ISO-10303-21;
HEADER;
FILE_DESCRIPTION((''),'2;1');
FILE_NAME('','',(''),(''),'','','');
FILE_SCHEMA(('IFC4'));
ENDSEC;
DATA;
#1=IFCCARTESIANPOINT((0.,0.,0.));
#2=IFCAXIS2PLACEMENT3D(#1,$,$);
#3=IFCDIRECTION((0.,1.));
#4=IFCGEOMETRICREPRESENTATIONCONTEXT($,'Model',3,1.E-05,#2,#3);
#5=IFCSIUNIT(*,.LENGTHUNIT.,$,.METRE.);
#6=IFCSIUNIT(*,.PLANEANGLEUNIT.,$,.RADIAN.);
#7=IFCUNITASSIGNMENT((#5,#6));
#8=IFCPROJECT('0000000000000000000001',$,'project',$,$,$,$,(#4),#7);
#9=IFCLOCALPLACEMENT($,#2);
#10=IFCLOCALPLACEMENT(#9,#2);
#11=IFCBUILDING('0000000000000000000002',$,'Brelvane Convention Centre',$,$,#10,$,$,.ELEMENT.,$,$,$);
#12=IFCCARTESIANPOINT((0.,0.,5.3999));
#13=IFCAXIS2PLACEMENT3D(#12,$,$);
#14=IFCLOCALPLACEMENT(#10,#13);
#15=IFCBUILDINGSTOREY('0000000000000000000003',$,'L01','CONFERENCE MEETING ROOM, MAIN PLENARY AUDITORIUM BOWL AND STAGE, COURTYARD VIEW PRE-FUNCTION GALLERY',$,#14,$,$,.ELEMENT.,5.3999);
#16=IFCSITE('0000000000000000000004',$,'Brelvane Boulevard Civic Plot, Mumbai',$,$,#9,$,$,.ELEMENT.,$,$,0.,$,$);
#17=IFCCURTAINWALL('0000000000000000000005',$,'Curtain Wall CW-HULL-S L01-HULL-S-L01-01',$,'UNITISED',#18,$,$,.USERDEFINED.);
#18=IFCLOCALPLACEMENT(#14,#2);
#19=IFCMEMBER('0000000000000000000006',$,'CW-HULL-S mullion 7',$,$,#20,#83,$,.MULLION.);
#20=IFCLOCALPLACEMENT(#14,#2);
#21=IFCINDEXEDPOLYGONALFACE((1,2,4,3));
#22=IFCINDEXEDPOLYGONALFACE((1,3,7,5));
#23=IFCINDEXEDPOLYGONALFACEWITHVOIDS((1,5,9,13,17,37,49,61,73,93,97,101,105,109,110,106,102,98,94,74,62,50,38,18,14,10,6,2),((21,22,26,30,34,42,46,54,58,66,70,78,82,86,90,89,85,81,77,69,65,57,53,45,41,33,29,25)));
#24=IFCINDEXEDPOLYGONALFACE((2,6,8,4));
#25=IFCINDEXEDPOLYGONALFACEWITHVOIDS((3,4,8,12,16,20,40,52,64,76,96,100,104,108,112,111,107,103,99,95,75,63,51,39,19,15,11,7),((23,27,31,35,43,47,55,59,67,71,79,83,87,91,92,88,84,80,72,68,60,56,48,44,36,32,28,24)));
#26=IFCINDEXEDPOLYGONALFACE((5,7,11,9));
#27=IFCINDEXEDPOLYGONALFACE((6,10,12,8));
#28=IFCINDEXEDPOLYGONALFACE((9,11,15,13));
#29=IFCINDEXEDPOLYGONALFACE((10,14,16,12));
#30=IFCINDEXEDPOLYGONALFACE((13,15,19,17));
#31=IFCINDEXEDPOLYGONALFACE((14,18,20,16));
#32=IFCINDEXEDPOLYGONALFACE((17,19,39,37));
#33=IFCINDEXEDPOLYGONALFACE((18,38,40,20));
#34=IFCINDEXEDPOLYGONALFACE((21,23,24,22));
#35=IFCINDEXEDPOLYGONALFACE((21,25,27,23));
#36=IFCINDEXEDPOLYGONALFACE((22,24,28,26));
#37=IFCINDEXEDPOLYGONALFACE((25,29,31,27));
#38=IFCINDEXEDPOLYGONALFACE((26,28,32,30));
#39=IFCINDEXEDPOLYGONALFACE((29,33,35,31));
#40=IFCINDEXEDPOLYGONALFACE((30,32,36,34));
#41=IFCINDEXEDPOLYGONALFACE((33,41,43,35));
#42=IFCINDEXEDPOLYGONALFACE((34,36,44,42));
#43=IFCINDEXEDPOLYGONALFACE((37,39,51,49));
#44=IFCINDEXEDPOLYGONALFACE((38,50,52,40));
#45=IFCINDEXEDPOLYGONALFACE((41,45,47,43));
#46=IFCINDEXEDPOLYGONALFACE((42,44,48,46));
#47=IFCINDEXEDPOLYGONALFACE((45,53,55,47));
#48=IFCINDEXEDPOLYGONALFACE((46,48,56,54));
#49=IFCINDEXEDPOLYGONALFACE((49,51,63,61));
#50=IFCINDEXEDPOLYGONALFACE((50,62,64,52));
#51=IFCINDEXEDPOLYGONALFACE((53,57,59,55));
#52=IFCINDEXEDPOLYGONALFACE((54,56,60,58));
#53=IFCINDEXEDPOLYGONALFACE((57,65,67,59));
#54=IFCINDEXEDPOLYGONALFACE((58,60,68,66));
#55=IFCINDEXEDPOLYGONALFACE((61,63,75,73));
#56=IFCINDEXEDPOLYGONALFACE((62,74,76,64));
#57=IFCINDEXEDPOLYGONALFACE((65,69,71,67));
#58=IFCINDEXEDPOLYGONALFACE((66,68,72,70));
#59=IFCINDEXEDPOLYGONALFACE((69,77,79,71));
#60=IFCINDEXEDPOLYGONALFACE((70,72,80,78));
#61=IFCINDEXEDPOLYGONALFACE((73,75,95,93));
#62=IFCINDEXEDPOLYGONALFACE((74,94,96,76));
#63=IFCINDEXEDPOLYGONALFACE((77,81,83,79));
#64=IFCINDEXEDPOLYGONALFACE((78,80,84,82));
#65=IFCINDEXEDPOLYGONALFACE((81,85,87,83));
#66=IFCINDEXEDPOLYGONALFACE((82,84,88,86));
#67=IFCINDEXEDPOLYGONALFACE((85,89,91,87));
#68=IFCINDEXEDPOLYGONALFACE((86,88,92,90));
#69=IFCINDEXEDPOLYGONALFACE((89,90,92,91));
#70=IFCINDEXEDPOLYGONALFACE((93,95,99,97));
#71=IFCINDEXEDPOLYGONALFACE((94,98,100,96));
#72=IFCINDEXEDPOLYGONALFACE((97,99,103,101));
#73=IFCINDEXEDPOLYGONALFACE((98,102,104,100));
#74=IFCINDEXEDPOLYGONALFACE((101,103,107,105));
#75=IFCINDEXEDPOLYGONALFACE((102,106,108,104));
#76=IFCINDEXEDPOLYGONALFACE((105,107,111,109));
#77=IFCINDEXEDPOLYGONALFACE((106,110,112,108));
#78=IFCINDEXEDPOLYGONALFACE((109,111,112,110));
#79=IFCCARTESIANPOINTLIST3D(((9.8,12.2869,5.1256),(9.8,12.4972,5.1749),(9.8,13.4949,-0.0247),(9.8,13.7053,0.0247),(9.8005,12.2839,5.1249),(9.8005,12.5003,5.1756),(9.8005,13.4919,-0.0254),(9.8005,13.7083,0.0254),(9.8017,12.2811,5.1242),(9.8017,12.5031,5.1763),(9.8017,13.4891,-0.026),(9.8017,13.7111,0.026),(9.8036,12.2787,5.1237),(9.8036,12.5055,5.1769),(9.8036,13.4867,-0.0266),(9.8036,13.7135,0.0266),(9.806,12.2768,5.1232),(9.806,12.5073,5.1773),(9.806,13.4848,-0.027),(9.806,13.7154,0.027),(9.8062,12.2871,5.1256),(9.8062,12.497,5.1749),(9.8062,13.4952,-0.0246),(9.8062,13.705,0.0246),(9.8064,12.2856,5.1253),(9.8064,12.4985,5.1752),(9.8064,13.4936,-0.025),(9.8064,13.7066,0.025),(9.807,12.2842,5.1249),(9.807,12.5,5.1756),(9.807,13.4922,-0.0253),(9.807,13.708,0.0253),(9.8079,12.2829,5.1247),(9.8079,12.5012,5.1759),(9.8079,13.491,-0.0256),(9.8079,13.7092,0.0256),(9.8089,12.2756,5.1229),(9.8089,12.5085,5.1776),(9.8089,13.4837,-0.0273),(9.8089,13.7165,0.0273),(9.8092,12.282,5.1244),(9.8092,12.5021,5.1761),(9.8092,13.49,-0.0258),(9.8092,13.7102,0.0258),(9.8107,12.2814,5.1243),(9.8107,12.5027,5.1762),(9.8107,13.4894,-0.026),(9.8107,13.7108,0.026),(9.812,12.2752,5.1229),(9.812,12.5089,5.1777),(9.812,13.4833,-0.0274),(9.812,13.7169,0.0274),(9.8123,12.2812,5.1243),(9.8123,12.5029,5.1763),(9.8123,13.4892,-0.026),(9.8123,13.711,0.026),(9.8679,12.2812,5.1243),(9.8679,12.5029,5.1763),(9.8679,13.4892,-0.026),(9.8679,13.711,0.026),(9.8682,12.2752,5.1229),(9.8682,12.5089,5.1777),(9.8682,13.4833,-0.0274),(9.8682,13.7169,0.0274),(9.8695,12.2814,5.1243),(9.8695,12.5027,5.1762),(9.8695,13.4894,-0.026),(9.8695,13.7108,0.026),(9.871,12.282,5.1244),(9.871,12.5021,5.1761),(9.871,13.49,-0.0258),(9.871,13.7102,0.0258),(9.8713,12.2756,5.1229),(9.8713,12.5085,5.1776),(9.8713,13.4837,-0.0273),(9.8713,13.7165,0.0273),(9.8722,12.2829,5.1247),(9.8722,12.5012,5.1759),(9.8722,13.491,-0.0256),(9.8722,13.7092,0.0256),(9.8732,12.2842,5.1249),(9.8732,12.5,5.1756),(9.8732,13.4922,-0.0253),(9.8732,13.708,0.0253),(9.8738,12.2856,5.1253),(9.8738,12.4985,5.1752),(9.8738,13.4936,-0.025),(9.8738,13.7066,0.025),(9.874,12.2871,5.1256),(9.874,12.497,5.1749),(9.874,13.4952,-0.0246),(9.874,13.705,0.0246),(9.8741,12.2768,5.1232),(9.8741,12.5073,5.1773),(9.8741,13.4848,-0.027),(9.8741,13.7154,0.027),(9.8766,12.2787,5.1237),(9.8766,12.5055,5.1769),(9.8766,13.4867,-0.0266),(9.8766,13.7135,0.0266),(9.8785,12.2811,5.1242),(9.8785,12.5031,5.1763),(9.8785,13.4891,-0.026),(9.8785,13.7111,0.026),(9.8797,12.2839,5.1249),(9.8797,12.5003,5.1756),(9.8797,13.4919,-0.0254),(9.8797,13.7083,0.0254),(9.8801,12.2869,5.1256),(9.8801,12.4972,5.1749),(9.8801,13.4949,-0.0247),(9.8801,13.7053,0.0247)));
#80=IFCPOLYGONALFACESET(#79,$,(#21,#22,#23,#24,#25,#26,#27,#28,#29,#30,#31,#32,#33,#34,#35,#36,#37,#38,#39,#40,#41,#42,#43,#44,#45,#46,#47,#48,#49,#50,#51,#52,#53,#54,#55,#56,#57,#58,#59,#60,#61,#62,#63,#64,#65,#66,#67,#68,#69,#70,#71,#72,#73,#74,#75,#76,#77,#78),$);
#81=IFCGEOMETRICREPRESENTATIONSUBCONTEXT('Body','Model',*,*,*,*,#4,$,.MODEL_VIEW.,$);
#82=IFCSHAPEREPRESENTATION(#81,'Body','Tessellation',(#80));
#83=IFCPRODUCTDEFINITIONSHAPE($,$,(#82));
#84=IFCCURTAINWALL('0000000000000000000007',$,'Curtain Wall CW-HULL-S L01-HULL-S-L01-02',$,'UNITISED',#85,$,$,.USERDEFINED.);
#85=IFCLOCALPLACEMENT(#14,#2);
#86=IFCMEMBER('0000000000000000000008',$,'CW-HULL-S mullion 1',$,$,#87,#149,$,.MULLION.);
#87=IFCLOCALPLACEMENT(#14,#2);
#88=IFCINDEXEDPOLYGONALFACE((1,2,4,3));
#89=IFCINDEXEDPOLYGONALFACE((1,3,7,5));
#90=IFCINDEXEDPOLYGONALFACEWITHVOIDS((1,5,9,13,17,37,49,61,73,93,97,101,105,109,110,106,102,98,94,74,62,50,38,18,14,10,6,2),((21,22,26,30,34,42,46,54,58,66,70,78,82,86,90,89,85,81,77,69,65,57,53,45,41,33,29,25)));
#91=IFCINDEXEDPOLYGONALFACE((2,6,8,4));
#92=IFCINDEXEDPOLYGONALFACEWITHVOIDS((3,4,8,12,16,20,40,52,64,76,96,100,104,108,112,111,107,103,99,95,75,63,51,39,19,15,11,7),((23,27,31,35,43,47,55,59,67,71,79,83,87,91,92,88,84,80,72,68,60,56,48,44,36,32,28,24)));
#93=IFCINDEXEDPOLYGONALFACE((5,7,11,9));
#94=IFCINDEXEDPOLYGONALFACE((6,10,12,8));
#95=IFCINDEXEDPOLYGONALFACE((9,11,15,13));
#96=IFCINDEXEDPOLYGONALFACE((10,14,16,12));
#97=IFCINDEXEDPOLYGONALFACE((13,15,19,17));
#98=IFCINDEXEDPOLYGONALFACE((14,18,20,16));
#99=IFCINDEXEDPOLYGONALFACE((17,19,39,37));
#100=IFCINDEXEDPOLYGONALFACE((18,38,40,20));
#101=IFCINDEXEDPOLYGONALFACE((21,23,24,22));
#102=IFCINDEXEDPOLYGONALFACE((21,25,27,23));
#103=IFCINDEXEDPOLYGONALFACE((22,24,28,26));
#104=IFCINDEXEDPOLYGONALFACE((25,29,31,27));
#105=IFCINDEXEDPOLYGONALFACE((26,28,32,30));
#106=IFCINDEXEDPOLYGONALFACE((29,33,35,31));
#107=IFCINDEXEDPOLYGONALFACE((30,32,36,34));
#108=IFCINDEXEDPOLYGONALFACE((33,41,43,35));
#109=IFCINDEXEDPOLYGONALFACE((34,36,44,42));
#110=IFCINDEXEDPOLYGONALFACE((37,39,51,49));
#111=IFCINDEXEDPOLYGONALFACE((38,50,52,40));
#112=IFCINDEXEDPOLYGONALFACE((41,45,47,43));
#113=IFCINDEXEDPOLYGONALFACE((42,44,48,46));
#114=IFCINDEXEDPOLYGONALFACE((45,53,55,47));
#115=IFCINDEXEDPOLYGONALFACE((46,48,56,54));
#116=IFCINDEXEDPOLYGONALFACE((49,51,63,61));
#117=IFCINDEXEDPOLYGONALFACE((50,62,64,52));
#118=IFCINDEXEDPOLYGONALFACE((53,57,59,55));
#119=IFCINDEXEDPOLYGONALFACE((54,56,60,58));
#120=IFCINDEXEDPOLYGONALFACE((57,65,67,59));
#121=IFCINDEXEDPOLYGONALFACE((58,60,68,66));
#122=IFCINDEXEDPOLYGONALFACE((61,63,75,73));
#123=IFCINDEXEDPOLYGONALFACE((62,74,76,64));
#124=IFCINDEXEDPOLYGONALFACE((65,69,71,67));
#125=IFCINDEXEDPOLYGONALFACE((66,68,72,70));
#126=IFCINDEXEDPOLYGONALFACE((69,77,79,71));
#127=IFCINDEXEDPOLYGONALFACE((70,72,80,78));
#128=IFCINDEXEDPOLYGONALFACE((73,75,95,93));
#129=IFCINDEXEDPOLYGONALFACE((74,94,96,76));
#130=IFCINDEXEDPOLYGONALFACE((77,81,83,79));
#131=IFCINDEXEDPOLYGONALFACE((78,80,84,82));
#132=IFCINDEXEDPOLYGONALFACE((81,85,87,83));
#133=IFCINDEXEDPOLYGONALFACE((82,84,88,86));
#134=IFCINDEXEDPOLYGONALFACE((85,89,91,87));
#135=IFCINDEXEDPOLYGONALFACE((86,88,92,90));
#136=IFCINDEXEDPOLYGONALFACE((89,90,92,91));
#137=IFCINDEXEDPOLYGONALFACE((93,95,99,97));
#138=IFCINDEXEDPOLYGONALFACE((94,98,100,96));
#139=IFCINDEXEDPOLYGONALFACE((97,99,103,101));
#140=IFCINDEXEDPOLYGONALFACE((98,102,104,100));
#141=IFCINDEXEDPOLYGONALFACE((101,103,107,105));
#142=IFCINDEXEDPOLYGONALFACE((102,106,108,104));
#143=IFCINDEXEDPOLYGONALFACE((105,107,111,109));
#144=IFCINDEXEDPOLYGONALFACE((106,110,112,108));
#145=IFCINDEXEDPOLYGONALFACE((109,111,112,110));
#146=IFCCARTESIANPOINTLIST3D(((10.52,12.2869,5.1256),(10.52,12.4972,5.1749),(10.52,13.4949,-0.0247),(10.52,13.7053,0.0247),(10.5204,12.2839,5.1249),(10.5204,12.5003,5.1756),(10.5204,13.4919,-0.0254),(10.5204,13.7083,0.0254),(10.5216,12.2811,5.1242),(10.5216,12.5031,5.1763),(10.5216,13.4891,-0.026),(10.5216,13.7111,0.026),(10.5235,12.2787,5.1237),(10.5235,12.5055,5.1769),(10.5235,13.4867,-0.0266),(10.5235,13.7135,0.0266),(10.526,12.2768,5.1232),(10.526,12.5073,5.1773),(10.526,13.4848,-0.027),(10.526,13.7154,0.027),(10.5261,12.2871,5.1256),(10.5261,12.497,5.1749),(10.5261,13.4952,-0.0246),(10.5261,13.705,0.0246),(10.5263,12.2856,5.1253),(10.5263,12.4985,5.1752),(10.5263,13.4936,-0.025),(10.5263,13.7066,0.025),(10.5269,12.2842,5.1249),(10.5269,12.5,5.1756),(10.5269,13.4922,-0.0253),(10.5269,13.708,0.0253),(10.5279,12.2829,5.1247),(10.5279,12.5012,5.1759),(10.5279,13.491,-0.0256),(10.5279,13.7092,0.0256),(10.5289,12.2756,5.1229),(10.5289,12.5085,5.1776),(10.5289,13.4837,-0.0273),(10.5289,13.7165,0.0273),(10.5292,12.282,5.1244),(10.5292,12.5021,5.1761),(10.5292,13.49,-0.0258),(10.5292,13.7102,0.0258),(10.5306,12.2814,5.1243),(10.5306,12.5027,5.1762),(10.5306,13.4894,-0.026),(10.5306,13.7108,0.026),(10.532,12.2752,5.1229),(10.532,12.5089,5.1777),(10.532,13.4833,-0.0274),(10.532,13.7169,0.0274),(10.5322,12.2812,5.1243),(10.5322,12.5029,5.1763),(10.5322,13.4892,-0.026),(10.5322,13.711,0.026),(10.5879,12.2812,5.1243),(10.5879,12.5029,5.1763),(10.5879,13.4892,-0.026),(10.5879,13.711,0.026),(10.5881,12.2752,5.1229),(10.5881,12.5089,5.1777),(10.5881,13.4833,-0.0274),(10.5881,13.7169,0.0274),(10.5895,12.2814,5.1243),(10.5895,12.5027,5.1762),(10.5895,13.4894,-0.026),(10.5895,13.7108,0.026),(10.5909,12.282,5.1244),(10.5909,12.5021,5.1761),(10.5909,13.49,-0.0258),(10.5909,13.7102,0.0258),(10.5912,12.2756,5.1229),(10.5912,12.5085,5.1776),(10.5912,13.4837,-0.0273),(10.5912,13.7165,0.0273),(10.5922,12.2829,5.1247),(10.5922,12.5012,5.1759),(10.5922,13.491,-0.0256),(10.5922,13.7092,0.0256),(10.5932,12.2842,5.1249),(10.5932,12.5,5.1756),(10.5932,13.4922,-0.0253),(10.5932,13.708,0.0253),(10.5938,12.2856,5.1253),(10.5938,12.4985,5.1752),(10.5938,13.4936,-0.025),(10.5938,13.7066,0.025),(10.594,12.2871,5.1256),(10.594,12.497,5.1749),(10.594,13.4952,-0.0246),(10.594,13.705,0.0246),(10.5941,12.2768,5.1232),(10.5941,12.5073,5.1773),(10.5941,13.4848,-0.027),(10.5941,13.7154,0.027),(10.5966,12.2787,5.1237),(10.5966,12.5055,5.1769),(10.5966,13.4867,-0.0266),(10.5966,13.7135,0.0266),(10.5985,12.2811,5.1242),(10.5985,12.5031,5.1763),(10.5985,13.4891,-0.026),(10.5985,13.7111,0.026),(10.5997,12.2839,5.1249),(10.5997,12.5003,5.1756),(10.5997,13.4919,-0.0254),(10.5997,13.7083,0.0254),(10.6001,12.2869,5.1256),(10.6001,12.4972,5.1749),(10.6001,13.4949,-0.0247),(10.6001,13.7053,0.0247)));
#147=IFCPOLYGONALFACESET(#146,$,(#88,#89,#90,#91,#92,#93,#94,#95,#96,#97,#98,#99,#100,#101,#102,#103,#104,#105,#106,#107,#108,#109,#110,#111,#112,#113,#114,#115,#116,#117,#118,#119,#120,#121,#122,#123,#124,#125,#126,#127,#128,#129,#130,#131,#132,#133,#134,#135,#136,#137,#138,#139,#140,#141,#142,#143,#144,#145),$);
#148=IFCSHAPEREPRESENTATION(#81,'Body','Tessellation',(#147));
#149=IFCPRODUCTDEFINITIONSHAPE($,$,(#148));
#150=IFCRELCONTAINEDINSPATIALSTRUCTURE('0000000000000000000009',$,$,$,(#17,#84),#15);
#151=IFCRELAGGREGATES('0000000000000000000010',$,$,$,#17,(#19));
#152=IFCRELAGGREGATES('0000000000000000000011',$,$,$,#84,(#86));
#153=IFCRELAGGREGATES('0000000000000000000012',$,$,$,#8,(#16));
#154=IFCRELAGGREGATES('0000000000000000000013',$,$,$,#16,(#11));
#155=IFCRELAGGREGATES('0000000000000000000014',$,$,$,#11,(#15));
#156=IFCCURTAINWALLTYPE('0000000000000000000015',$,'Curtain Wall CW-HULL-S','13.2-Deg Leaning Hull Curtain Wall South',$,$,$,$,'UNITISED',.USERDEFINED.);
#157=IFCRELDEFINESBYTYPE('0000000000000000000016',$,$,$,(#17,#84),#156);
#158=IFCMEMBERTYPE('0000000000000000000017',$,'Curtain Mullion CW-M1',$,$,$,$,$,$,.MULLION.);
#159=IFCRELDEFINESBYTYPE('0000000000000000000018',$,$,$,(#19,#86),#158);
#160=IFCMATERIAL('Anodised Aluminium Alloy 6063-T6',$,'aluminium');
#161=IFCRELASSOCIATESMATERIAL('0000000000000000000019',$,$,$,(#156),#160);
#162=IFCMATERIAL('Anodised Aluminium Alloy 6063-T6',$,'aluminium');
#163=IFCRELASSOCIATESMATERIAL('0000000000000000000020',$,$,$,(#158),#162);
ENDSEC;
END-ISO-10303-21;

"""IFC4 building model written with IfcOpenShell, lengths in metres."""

from ifc_helpers import new_model, si_unit, direction, frame, origin, origin_2d, place, context, subcontext, project, spatial, hollow_rectangle, extrude, material, material_profile, profile_set, type_object, element, aggregate, save


model = new_model("IFC4")

# Units and contexts
model_context = context("Model", 3, precision=1e-05, world=origin(), true_north=direction((0.0, 1.0)))
body_context = subcontext(model_context, "Body", "Model", "MODEL_VIEW")
ifc_project = project(units=[si_unit("LENGTHUNIT", "METRE"), si_unit("PLANEANGLEUNIT", "RADIAN")], contexts=[model_context])

# Site, building, storey
site_placement = place(None, origin())
site = spatial("IfcSite", under=ifc_project, at=site_placement, Name="Brelvane Boulevard Civic Plot, Mumbai", CompositionType="ELEMENT", RefElevation=0.0)
building_placement = place(site_placement, origin())
building = spatial("IfcBuilding", under=site, at=building_placement, Name="Brelvane Convention Centre", CompositionType="ELEMENT")
storey_placement = place(building_placement, frame((0.0, 0.0, 5.3999)))
storey = spatial("IfcBuildingStorey", under=building, at=storey_placement, Name="L01", Description="CONFERENCE MEETING ROOM, MAIN PLENARY AUDITORIUM BOWL AND STAGE, COURTYARD VIEW PRE-FUNCTION GALLERY", CompositionType="ELEMENT", Elevation=5.3999)

# Curtain walls, members
ifc_material_1 = material(Name="Anodised Aluminium Alloy 6063-T6", Category="aluminium")
curtain_wall_type = type_object("IfcCurtainWallType", Name="Curtain Wall CW-HULL-S", Description="13.2-Deg Leaning Hull Curtain Wall South", ElementType="UNITISED", PredefinedType="USERDEFINED", material=ifc_material_1)
curtain_wall_1_placement = place(storey_placement, origin())
curtain_wall_1 = element("IfcCurtainWall", 1, at=curtain_wall_1_placement, inside=storey, type_object=curtain_wall_type, Name="Curtain Wall CW-HULL-S L01-HULL-S-L01-01", ObjectType="UNITISED", PredefinedType="USERDEFINED")
ifc_material_2 = material(Name="Anodised Aluminium Alloy 6063-T6", Category="aluminium")
ifc_material_profile_1 = material_profile(ifc_material_2, hollow_rectangle(XDim=0.0801, YDim=0.24, WallThickness=0.0061, InnerFilletRadius=0.0061, OuterFilletRadius=0.012, at=origin_2d()), Name="ALU-M 240x80x6.0")
ifc_profile_set_1 = profile_set([ifc_material_profile_1], Name="Anodised Aluminium Alloy 6063-T6")
member_type_1 = type_object("IfcMemberType", Name="Curtain Mullion CW-M1", PredefinedType="MULLION", material=ifc_profile_set_1)
member_1_placement = place(storey_placement, frame((9.8401, 13.6001, 0.0), z_axis=(0.0, -0.22836, 0.973577), x_axis=(1.0, 0.0, 0.0)))
member_1 = element("IfcMember", 2, at=member_1_placement, type_object=member_type_1, Name="CW-HULL-S mullion 7", PredefinedType="MULLION", context=body_context, shape_type="SweptSolid", body=[
    extrude(hollow_rectangle(XDim=0.0801, YDim=0.24, WallThickness=0.0061, InnerFilletRadius=0.0061, OuterFilletRadius=0.012, at=origin_2d()), origin(), (0.0, 0.0, 1.0), 5.29),
])
curtain_wall_2_placement = place(storey_placement, origin())
curtain_wall_2 = element("IfcCurtainWall", 3, at=curtain_wall_2_placement, inside=storey, type_object=curtain_wall_type, Name="Curtain Wall CW-HULL-S L01-HULL-S-L01-02", ObjectType="UNITISED", PredefinedType="USERDEFINED")
member_2_placement = place(storey_placement, frame((10.5601, 13.6001, 0.0), z_axis=(0.0, -0.22836, 0.973577), x_axis=(1.0, 0.0, 0.0)))
member_2 = element("IfcMember", 4, at=member_2_placement, type_object=member_type_1, Name="CW-HULL-S mullion 1", PredefinedType="MULLION", context=body_context, shape_type="SweptSolid", body=[
    extrude(hollow_rectangle(XDim=0.0801, YDim=0.24, WallThickness=0.0061, InnerFilletRadius=0.0061, OuterFilletRadius=0.012, at=origin_2d()), origin(), (0.0, 0.0, 1.0), 5.29),
])

aggregate(curtain_wall_1, [member_1])

aggregate(curtain_wall_2, [member_2])

save(model, "model.ifc")
